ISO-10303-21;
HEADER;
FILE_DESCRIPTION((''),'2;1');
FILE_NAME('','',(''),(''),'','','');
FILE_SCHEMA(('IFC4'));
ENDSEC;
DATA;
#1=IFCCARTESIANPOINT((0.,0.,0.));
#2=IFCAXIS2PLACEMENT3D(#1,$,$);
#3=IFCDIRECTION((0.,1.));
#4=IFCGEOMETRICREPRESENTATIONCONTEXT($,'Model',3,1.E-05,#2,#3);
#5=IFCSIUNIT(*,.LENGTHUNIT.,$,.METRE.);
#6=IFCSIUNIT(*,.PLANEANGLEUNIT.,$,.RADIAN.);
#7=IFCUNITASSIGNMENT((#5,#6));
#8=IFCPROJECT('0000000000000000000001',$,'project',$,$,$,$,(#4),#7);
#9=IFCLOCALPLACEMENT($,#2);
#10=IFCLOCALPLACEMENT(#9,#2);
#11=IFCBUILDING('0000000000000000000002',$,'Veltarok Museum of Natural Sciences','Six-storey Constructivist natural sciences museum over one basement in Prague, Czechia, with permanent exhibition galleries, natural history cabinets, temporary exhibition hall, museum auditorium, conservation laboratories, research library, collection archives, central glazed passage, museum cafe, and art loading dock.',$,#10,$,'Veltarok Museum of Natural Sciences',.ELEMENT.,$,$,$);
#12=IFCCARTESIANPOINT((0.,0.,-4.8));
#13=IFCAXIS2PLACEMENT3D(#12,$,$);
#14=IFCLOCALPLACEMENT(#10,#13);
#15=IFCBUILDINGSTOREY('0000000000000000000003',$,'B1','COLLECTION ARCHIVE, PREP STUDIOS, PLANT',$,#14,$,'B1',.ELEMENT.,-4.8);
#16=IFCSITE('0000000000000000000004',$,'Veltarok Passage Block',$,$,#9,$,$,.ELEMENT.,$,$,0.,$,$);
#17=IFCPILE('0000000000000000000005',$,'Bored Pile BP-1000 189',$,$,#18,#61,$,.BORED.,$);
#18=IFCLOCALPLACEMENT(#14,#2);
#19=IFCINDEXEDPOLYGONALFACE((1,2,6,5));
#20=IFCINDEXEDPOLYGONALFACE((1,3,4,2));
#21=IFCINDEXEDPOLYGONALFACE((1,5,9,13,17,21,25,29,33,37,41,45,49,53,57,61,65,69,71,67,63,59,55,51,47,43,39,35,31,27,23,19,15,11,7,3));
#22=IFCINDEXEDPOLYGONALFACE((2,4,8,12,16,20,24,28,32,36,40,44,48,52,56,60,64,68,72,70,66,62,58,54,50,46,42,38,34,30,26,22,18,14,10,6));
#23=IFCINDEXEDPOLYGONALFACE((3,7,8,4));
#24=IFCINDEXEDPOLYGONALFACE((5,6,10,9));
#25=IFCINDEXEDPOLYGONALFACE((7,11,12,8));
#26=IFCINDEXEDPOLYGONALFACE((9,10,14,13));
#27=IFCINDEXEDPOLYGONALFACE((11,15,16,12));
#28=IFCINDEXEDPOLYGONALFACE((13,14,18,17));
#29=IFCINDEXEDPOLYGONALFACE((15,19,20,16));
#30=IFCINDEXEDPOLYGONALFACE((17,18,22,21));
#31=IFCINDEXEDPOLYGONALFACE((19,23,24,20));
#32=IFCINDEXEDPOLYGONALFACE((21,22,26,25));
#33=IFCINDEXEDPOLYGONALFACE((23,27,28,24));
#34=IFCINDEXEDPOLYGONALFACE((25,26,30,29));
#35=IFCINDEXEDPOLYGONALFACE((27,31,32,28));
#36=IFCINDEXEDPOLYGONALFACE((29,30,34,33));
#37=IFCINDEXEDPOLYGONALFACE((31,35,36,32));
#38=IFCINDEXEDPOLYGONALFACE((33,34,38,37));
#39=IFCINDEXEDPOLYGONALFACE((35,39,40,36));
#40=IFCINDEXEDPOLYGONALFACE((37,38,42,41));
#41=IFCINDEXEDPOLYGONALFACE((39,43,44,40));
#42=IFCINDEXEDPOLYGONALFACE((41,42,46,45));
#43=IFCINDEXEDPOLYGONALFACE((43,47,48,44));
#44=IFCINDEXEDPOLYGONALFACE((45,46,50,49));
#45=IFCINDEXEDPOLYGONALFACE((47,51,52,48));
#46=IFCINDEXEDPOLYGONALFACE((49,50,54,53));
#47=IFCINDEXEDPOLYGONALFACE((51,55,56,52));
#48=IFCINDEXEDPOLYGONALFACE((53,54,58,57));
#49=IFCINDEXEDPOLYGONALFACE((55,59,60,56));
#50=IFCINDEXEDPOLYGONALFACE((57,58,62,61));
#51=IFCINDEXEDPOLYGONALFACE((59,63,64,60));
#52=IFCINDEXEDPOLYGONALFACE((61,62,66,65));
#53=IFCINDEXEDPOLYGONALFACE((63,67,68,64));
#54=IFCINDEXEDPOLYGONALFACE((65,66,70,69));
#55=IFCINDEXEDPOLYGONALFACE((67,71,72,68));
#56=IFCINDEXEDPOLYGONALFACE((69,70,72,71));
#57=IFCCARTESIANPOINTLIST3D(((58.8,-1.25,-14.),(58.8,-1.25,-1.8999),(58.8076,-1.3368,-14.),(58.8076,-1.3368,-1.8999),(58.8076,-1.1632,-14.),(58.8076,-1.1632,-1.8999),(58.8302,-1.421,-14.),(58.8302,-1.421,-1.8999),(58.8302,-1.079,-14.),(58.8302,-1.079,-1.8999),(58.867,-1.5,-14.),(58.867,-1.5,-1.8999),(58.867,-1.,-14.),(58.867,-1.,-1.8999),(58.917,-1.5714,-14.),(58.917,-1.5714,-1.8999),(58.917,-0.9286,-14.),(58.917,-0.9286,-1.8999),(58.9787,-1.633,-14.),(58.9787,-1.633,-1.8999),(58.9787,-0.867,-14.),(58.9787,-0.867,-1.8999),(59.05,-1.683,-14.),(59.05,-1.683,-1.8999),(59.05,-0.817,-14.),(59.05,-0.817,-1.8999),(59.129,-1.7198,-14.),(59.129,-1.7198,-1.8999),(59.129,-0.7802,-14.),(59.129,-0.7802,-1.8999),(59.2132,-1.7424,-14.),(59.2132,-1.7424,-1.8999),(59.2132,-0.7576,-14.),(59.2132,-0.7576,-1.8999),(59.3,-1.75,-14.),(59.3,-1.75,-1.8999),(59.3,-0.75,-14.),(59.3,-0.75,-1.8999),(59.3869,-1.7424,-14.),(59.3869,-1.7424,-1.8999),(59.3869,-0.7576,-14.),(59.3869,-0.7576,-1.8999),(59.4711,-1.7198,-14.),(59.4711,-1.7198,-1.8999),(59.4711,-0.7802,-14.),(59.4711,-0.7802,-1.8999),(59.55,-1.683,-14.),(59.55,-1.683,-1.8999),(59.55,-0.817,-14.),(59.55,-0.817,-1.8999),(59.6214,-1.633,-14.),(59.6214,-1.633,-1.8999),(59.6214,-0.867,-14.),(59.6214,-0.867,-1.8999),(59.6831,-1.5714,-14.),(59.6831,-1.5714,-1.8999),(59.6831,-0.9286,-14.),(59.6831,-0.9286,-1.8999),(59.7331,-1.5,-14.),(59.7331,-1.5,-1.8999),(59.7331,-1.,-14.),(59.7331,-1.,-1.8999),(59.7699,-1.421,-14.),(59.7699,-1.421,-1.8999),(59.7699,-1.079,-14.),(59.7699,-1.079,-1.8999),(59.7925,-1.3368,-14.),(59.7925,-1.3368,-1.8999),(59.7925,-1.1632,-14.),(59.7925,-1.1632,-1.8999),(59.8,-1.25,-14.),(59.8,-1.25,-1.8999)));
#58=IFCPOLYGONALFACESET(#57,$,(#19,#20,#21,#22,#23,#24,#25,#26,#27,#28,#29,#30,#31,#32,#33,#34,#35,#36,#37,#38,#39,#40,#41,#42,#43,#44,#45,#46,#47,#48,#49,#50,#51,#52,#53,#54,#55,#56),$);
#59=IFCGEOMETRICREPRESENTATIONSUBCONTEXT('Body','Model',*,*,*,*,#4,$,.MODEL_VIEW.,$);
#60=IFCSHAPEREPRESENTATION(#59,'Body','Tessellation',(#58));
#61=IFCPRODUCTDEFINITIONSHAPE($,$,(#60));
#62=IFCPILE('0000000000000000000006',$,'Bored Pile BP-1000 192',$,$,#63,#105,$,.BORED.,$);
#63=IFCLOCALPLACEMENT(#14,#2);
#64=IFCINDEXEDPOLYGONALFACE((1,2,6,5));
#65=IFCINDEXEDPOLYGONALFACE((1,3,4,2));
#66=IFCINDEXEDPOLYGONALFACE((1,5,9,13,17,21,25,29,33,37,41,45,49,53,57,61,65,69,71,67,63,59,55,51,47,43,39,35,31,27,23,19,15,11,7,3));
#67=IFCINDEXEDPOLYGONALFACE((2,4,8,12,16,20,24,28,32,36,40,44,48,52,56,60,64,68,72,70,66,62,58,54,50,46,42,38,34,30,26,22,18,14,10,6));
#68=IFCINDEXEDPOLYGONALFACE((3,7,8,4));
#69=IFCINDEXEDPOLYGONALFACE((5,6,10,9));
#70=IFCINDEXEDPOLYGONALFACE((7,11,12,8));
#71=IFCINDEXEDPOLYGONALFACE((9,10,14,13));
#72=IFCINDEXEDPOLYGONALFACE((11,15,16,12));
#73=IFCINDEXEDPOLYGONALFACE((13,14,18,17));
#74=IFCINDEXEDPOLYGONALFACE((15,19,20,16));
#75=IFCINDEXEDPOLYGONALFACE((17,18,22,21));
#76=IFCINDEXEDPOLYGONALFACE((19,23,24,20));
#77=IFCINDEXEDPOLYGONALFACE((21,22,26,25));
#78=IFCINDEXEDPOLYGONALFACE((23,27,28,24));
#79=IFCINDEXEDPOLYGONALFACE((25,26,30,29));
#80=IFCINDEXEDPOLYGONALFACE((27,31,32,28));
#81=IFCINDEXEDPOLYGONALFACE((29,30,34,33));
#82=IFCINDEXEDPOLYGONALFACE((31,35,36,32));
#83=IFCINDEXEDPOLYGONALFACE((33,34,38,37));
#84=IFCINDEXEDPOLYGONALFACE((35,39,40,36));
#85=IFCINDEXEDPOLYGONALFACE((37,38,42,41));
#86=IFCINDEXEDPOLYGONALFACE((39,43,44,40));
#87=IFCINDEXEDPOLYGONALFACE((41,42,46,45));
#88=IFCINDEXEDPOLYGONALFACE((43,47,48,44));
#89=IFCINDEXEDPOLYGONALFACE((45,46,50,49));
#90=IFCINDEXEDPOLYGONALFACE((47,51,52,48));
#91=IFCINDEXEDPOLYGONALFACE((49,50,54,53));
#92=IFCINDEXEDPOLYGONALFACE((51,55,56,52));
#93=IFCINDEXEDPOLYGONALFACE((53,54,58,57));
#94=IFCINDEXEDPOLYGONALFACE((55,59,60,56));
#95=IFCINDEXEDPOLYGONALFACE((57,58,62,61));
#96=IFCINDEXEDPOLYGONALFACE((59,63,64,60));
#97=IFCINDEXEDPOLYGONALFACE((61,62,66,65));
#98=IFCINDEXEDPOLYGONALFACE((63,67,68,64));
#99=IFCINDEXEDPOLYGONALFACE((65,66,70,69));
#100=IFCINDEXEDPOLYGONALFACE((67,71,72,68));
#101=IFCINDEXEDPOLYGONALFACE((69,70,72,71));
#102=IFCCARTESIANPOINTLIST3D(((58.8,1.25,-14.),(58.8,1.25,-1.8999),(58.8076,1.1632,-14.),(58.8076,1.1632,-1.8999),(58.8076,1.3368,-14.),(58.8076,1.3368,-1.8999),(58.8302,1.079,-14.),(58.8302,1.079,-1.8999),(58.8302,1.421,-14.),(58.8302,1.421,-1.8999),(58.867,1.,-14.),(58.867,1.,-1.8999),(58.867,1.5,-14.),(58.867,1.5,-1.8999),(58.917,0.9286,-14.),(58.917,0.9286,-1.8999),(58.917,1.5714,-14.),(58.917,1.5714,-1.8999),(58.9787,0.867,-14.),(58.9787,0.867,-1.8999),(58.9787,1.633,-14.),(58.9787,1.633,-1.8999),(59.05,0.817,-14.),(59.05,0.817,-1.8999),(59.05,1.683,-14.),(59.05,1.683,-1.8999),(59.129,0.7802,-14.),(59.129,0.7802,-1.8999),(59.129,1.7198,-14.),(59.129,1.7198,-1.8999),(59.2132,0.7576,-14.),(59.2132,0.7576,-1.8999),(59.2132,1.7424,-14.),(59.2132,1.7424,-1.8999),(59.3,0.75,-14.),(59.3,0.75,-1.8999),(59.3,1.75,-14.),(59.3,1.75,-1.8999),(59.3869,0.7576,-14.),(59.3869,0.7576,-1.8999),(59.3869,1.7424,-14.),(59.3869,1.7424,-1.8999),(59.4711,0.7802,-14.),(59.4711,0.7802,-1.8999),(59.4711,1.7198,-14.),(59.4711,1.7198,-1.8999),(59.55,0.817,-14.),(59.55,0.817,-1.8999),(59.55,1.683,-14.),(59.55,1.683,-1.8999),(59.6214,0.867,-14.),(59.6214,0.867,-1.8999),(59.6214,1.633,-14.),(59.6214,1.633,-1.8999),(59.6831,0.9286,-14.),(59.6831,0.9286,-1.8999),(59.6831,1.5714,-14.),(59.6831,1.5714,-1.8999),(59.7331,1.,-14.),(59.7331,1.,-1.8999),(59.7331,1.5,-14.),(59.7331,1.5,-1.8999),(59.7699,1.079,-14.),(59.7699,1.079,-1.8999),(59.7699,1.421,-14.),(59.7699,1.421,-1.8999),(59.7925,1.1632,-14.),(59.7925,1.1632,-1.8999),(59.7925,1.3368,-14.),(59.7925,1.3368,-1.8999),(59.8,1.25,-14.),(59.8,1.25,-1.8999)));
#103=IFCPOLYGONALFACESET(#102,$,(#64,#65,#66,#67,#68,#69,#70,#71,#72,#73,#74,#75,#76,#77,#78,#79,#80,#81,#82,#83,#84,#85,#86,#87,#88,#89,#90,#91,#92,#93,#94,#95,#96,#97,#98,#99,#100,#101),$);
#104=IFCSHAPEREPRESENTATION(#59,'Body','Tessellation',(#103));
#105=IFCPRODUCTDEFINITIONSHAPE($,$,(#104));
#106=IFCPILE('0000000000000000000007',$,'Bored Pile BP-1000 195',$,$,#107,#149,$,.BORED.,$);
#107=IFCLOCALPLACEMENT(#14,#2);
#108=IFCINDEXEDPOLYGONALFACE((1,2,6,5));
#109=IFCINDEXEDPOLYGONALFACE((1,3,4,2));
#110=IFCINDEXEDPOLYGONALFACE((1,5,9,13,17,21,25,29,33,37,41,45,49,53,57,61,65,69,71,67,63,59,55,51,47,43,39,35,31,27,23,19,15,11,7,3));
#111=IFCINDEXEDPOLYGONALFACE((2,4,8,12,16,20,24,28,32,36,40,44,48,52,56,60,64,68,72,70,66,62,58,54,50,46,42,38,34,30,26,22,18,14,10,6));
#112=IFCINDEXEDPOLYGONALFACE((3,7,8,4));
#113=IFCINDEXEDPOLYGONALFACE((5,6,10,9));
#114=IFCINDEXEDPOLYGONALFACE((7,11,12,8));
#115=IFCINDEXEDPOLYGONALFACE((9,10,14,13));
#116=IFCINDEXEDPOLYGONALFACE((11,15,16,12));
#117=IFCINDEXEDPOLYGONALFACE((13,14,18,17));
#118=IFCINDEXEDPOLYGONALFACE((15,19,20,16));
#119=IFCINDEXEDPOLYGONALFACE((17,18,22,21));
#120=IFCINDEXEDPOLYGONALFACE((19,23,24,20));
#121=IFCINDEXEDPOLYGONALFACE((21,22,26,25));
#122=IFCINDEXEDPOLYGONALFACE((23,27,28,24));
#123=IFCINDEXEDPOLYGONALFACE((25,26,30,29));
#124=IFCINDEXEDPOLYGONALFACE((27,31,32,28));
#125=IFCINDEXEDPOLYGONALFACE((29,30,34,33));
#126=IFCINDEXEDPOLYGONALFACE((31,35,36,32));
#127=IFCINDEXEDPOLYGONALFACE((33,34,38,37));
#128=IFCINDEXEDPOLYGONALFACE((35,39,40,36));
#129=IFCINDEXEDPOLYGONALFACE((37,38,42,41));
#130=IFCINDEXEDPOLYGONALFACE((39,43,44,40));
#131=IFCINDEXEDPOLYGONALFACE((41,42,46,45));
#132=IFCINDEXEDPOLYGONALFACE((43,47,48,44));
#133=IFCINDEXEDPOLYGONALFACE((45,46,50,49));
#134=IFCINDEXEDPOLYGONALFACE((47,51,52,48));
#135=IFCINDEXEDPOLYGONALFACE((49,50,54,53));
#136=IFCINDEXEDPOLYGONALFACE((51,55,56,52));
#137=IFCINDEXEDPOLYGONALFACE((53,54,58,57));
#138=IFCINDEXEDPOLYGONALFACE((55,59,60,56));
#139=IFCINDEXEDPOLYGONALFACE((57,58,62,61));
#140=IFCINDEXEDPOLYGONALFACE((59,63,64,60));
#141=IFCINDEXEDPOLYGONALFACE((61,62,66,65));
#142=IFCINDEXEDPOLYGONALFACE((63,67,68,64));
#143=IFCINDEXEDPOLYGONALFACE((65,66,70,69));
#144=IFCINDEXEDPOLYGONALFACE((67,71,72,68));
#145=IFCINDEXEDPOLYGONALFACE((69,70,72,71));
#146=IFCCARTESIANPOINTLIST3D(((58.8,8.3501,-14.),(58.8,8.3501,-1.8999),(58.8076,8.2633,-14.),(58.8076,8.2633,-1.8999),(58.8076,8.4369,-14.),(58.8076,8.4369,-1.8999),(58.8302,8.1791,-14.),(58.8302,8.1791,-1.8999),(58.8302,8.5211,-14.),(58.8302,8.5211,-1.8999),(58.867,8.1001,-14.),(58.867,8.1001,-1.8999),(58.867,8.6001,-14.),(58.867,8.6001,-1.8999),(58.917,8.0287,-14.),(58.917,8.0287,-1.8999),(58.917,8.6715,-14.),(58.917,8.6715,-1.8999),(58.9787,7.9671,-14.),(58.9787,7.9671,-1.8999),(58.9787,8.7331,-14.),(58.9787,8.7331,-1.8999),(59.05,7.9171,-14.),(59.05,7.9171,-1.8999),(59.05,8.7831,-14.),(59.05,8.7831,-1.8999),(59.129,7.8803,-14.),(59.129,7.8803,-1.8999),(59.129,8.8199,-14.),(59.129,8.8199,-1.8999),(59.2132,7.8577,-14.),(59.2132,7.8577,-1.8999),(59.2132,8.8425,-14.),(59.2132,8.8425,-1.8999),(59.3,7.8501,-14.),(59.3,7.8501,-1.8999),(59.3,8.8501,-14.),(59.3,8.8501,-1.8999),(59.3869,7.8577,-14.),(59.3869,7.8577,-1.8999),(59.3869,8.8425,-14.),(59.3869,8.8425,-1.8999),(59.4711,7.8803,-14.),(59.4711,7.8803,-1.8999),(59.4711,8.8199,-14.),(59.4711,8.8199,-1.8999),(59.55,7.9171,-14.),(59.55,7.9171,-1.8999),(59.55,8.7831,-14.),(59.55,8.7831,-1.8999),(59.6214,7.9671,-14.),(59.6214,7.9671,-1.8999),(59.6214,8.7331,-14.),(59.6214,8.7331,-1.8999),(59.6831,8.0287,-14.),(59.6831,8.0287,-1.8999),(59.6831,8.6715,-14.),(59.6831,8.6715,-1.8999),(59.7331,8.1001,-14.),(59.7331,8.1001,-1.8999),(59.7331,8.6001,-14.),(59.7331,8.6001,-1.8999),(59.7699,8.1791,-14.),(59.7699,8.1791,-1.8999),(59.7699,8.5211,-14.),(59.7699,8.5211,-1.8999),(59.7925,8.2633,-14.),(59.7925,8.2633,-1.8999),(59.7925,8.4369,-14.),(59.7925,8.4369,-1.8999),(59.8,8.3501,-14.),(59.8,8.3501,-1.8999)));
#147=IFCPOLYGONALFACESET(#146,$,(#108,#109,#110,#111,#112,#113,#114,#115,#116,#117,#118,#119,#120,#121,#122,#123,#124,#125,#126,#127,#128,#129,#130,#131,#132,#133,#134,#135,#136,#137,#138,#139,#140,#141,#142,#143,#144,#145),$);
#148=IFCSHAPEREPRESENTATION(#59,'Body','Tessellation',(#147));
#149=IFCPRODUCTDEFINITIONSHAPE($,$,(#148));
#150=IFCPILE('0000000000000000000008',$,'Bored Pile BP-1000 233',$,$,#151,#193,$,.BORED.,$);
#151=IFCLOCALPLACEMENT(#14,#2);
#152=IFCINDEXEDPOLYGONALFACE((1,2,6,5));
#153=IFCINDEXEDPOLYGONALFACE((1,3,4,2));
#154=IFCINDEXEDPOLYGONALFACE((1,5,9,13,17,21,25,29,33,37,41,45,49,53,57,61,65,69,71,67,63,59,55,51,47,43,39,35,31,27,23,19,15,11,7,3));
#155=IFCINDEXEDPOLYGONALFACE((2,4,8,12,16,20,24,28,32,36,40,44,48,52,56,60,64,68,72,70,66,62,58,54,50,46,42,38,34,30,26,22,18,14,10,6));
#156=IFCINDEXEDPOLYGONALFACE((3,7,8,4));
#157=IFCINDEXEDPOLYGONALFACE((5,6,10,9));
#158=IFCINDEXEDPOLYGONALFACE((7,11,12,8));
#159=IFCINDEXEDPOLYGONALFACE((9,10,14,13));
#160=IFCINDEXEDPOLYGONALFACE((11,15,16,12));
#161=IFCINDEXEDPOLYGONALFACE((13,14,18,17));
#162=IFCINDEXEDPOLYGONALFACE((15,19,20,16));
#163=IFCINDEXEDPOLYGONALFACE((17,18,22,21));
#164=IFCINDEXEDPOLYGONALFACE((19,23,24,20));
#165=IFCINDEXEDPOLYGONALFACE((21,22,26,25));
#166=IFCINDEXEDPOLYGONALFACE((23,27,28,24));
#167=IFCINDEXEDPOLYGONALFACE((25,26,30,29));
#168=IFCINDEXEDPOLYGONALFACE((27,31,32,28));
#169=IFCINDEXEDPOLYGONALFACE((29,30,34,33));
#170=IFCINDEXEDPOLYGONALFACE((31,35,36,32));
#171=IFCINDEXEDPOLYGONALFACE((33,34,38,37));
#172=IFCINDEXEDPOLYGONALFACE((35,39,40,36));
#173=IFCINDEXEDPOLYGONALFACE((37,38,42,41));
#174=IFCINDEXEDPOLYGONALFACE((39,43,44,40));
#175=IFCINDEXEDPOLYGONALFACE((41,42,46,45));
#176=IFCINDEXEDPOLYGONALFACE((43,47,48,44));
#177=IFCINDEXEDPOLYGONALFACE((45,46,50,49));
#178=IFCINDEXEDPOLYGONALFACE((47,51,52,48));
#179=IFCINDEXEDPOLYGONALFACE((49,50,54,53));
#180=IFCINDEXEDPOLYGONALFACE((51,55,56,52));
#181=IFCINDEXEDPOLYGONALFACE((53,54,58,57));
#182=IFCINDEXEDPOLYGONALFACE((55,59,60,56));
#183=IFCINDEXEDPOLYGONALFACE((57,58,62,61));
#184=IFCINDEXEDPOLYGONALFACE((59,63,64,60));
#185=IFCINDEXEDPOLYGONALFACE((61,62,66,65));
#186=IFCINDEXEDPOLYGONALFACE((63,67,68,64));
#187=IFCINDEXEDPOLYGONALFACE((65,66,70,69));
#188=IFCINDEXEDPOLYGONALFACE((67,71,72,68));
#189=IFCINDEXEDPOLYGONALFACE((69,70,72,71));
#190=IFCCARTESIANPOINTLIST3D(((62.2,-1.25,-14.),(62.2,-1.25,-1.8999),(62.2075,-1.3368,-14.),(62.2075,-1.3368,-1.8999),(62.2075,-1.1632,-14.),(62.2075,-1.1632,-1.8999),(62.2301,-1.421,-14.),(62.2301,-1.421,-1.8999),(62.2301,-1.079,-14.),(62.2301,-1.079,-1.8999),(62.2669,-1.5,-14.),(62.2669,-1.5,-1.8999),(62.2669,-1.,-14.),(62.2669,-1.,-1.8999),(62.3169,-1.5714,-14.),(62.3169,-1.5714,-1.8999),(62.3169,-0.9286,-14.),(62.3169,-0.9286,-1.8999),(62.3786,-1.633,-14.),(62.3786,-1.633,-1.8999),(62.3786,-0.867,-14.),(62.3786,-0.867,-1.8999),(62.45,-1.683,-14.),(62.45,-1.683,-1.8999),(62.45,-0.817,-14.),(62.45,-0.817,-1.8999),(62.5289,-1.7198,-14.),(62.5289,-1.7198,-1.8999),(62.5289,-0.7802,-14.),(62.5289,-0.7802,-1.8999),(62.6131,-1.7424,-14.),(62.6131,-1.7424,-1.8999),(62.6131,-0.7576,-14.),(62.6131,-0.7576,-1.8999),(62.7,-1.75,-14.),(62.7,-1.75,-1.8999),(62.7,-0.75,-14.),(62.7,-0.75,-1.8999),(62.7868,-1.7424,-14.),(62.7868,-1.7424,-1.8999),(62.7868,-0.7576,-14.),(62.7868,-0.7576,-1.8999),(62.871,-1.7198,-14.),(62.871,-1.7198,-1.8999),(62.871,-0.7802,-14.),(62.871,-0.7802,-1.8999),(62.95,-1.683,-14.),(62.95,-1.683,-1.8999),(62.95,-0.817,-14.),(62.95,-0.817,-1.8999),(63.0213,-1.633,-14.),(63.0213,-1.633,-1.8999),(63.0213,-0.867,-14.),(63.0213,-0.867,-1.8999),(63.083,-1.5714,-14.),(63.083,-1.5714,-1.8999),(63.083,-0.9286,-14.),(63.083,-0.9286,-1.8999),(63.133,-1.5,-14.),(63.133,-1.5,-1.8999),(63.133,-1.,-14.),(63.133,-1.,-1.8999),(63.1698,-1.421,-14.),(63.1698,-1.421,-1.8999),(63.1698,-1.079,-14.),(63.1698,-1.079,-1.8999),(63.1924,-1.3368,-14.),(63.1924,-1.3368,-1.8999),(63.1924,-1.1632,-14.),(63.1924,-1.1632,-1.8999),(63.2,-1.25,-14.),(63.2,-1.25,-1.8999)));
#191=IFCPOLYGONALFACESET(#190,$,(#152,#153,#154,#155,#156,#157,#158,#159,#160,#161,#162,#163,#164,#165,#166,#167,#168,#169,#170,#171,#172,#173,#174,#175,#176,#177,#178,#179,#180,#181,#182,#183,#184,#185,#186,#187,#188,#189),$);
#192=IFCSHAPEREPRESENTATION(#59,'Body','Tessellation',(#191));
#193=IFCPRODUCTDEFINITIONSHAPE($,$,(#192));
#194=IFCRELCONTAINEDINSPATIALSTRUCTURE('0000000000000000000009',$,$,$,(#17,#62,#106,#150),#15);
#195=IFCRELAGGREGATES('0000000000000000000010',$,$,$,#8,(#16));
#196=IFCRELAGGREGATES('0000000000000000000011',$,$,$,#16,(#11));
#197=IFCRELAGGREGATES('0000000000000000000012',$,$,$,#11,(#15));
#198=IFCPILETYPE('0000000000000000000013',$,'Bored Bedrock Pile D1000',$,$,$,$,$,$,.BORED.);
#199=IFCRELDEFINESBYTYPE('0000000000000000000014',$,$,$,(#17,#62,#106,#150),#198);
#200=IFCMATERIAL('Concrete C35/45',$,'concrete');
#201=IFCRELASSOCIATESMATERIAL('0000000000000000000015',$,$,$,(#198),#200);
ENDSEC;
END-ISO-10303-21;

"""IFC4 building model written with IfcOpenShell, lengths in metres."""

from ifc_helpers import new_model, si_unit, direction, frame, origin, origin_2d, place, context, subcontext, project, spatial, circle, extrude, material, material_profile, profile_set, type_object, element, save


model = new_model("IFC4")

# Units and contexts
model_context = context("Model", 3, precision=1e-05, world=origin(), true_north=direction((0.0, 1.0)))
body_context = subcontext(model_context, "Body", "Model", "MODEL_VIEW")
ifc_project = project(units=[si_unit("LENGTHUNIT", "METRE"), si_unit("PLANEANGLEUNIT", "RADIAN")], contexts=[model_context])

# Site, building, storey
site_placement = place(None, origin())
site = spatial("IfcSite", under=ifc_project, at=site_placement, Name="Veltarok Passage Block", CompositionType="ELEMENT", RefElevation=0.0)
building_placement = place(site_placement, origin())
building = spatial("IfcBuilding", under=site, at=building_placement, Name="Veltarok Museum of Natural Sciences", Description="Six-storey Constructivist natural sciences museum over one basement in Prague, Czechia, with permanent exhibition galleries, natural history cabinets, temporary exhibition hall, museum auditorium, conservation laboratories, research library, collection archives, central glazed passage, museum cafe, and art loading dock.", LongName="Veltarok Museum of Natural Sciences", CompositionType="ELEMENT")
storey_placement = place(building_placement, frame((0.0, 0.0, -4.8)))
storey = spatial("IfcBuildingStorey", under=building, at=storey_placement, Name="B1", Description="COLLECTION ARCHIVE, PREP STUDIOS, PLANT", LongName="B1", CompositionType="ELEMENT", Elevation=-4.8)

# Piles
ifc_material_1 = material(Name="Concrete C35/45", Category="concrete")
ifc_material_profile_1 = material_profile(ifc_material_1, circle(Radius=0.5, at=origin_2d()), Name="BP D1000")
ifc_profile_set_1 = profile_set([ifc_material_profile_1], Name="Concrete C35/45")
pile_type = type_object("IfcPileType", Name="Bored Bedrock Pile D1000", PredefinedType="BORED", material=ifc_profile_set_1)
for number, where, z_axis, x_axis, name in (
    (1, (59.3, -1.25, -1.8999), (0.0, 0.0, -1.0), (1.0, 0.0, 0.0), "Bored Pile BP-1000 189"),
    (2, (59.3, 1.25, -1.8999), (0.0, 0.0, -1.0), (1.0, 0.0, 0.0), "Bored Pile BP-1000 192"),
    (3, (59.3, 8.3501, -1.8999), (0.0, 0.0, -1.0), (1.0, 0.0, 0.0), "Bored Pile BP-1000 195"),
    (4, (62.7, -1.25, -1.8999), (0.0, 0.0, -1.0), (1.0, 0.0, 0.0), "Bored Pile BP-1000 233"),
):
    element("IfcPile", number, at=place(storey_placement, frame(where, z_axis=z_axis, x_axis=x_axis)), inside=storey, type_object=pile_type, Name=name, PredefinedType="BORED", context=body_context, shape_type="SweptSolid", body=[
        extrude(circle(Radius=0.5, at=origin_2d()), origin(), (0.0, 0.0, 1.0), 12.1001),
    ])

save(model, "model.ifc")
